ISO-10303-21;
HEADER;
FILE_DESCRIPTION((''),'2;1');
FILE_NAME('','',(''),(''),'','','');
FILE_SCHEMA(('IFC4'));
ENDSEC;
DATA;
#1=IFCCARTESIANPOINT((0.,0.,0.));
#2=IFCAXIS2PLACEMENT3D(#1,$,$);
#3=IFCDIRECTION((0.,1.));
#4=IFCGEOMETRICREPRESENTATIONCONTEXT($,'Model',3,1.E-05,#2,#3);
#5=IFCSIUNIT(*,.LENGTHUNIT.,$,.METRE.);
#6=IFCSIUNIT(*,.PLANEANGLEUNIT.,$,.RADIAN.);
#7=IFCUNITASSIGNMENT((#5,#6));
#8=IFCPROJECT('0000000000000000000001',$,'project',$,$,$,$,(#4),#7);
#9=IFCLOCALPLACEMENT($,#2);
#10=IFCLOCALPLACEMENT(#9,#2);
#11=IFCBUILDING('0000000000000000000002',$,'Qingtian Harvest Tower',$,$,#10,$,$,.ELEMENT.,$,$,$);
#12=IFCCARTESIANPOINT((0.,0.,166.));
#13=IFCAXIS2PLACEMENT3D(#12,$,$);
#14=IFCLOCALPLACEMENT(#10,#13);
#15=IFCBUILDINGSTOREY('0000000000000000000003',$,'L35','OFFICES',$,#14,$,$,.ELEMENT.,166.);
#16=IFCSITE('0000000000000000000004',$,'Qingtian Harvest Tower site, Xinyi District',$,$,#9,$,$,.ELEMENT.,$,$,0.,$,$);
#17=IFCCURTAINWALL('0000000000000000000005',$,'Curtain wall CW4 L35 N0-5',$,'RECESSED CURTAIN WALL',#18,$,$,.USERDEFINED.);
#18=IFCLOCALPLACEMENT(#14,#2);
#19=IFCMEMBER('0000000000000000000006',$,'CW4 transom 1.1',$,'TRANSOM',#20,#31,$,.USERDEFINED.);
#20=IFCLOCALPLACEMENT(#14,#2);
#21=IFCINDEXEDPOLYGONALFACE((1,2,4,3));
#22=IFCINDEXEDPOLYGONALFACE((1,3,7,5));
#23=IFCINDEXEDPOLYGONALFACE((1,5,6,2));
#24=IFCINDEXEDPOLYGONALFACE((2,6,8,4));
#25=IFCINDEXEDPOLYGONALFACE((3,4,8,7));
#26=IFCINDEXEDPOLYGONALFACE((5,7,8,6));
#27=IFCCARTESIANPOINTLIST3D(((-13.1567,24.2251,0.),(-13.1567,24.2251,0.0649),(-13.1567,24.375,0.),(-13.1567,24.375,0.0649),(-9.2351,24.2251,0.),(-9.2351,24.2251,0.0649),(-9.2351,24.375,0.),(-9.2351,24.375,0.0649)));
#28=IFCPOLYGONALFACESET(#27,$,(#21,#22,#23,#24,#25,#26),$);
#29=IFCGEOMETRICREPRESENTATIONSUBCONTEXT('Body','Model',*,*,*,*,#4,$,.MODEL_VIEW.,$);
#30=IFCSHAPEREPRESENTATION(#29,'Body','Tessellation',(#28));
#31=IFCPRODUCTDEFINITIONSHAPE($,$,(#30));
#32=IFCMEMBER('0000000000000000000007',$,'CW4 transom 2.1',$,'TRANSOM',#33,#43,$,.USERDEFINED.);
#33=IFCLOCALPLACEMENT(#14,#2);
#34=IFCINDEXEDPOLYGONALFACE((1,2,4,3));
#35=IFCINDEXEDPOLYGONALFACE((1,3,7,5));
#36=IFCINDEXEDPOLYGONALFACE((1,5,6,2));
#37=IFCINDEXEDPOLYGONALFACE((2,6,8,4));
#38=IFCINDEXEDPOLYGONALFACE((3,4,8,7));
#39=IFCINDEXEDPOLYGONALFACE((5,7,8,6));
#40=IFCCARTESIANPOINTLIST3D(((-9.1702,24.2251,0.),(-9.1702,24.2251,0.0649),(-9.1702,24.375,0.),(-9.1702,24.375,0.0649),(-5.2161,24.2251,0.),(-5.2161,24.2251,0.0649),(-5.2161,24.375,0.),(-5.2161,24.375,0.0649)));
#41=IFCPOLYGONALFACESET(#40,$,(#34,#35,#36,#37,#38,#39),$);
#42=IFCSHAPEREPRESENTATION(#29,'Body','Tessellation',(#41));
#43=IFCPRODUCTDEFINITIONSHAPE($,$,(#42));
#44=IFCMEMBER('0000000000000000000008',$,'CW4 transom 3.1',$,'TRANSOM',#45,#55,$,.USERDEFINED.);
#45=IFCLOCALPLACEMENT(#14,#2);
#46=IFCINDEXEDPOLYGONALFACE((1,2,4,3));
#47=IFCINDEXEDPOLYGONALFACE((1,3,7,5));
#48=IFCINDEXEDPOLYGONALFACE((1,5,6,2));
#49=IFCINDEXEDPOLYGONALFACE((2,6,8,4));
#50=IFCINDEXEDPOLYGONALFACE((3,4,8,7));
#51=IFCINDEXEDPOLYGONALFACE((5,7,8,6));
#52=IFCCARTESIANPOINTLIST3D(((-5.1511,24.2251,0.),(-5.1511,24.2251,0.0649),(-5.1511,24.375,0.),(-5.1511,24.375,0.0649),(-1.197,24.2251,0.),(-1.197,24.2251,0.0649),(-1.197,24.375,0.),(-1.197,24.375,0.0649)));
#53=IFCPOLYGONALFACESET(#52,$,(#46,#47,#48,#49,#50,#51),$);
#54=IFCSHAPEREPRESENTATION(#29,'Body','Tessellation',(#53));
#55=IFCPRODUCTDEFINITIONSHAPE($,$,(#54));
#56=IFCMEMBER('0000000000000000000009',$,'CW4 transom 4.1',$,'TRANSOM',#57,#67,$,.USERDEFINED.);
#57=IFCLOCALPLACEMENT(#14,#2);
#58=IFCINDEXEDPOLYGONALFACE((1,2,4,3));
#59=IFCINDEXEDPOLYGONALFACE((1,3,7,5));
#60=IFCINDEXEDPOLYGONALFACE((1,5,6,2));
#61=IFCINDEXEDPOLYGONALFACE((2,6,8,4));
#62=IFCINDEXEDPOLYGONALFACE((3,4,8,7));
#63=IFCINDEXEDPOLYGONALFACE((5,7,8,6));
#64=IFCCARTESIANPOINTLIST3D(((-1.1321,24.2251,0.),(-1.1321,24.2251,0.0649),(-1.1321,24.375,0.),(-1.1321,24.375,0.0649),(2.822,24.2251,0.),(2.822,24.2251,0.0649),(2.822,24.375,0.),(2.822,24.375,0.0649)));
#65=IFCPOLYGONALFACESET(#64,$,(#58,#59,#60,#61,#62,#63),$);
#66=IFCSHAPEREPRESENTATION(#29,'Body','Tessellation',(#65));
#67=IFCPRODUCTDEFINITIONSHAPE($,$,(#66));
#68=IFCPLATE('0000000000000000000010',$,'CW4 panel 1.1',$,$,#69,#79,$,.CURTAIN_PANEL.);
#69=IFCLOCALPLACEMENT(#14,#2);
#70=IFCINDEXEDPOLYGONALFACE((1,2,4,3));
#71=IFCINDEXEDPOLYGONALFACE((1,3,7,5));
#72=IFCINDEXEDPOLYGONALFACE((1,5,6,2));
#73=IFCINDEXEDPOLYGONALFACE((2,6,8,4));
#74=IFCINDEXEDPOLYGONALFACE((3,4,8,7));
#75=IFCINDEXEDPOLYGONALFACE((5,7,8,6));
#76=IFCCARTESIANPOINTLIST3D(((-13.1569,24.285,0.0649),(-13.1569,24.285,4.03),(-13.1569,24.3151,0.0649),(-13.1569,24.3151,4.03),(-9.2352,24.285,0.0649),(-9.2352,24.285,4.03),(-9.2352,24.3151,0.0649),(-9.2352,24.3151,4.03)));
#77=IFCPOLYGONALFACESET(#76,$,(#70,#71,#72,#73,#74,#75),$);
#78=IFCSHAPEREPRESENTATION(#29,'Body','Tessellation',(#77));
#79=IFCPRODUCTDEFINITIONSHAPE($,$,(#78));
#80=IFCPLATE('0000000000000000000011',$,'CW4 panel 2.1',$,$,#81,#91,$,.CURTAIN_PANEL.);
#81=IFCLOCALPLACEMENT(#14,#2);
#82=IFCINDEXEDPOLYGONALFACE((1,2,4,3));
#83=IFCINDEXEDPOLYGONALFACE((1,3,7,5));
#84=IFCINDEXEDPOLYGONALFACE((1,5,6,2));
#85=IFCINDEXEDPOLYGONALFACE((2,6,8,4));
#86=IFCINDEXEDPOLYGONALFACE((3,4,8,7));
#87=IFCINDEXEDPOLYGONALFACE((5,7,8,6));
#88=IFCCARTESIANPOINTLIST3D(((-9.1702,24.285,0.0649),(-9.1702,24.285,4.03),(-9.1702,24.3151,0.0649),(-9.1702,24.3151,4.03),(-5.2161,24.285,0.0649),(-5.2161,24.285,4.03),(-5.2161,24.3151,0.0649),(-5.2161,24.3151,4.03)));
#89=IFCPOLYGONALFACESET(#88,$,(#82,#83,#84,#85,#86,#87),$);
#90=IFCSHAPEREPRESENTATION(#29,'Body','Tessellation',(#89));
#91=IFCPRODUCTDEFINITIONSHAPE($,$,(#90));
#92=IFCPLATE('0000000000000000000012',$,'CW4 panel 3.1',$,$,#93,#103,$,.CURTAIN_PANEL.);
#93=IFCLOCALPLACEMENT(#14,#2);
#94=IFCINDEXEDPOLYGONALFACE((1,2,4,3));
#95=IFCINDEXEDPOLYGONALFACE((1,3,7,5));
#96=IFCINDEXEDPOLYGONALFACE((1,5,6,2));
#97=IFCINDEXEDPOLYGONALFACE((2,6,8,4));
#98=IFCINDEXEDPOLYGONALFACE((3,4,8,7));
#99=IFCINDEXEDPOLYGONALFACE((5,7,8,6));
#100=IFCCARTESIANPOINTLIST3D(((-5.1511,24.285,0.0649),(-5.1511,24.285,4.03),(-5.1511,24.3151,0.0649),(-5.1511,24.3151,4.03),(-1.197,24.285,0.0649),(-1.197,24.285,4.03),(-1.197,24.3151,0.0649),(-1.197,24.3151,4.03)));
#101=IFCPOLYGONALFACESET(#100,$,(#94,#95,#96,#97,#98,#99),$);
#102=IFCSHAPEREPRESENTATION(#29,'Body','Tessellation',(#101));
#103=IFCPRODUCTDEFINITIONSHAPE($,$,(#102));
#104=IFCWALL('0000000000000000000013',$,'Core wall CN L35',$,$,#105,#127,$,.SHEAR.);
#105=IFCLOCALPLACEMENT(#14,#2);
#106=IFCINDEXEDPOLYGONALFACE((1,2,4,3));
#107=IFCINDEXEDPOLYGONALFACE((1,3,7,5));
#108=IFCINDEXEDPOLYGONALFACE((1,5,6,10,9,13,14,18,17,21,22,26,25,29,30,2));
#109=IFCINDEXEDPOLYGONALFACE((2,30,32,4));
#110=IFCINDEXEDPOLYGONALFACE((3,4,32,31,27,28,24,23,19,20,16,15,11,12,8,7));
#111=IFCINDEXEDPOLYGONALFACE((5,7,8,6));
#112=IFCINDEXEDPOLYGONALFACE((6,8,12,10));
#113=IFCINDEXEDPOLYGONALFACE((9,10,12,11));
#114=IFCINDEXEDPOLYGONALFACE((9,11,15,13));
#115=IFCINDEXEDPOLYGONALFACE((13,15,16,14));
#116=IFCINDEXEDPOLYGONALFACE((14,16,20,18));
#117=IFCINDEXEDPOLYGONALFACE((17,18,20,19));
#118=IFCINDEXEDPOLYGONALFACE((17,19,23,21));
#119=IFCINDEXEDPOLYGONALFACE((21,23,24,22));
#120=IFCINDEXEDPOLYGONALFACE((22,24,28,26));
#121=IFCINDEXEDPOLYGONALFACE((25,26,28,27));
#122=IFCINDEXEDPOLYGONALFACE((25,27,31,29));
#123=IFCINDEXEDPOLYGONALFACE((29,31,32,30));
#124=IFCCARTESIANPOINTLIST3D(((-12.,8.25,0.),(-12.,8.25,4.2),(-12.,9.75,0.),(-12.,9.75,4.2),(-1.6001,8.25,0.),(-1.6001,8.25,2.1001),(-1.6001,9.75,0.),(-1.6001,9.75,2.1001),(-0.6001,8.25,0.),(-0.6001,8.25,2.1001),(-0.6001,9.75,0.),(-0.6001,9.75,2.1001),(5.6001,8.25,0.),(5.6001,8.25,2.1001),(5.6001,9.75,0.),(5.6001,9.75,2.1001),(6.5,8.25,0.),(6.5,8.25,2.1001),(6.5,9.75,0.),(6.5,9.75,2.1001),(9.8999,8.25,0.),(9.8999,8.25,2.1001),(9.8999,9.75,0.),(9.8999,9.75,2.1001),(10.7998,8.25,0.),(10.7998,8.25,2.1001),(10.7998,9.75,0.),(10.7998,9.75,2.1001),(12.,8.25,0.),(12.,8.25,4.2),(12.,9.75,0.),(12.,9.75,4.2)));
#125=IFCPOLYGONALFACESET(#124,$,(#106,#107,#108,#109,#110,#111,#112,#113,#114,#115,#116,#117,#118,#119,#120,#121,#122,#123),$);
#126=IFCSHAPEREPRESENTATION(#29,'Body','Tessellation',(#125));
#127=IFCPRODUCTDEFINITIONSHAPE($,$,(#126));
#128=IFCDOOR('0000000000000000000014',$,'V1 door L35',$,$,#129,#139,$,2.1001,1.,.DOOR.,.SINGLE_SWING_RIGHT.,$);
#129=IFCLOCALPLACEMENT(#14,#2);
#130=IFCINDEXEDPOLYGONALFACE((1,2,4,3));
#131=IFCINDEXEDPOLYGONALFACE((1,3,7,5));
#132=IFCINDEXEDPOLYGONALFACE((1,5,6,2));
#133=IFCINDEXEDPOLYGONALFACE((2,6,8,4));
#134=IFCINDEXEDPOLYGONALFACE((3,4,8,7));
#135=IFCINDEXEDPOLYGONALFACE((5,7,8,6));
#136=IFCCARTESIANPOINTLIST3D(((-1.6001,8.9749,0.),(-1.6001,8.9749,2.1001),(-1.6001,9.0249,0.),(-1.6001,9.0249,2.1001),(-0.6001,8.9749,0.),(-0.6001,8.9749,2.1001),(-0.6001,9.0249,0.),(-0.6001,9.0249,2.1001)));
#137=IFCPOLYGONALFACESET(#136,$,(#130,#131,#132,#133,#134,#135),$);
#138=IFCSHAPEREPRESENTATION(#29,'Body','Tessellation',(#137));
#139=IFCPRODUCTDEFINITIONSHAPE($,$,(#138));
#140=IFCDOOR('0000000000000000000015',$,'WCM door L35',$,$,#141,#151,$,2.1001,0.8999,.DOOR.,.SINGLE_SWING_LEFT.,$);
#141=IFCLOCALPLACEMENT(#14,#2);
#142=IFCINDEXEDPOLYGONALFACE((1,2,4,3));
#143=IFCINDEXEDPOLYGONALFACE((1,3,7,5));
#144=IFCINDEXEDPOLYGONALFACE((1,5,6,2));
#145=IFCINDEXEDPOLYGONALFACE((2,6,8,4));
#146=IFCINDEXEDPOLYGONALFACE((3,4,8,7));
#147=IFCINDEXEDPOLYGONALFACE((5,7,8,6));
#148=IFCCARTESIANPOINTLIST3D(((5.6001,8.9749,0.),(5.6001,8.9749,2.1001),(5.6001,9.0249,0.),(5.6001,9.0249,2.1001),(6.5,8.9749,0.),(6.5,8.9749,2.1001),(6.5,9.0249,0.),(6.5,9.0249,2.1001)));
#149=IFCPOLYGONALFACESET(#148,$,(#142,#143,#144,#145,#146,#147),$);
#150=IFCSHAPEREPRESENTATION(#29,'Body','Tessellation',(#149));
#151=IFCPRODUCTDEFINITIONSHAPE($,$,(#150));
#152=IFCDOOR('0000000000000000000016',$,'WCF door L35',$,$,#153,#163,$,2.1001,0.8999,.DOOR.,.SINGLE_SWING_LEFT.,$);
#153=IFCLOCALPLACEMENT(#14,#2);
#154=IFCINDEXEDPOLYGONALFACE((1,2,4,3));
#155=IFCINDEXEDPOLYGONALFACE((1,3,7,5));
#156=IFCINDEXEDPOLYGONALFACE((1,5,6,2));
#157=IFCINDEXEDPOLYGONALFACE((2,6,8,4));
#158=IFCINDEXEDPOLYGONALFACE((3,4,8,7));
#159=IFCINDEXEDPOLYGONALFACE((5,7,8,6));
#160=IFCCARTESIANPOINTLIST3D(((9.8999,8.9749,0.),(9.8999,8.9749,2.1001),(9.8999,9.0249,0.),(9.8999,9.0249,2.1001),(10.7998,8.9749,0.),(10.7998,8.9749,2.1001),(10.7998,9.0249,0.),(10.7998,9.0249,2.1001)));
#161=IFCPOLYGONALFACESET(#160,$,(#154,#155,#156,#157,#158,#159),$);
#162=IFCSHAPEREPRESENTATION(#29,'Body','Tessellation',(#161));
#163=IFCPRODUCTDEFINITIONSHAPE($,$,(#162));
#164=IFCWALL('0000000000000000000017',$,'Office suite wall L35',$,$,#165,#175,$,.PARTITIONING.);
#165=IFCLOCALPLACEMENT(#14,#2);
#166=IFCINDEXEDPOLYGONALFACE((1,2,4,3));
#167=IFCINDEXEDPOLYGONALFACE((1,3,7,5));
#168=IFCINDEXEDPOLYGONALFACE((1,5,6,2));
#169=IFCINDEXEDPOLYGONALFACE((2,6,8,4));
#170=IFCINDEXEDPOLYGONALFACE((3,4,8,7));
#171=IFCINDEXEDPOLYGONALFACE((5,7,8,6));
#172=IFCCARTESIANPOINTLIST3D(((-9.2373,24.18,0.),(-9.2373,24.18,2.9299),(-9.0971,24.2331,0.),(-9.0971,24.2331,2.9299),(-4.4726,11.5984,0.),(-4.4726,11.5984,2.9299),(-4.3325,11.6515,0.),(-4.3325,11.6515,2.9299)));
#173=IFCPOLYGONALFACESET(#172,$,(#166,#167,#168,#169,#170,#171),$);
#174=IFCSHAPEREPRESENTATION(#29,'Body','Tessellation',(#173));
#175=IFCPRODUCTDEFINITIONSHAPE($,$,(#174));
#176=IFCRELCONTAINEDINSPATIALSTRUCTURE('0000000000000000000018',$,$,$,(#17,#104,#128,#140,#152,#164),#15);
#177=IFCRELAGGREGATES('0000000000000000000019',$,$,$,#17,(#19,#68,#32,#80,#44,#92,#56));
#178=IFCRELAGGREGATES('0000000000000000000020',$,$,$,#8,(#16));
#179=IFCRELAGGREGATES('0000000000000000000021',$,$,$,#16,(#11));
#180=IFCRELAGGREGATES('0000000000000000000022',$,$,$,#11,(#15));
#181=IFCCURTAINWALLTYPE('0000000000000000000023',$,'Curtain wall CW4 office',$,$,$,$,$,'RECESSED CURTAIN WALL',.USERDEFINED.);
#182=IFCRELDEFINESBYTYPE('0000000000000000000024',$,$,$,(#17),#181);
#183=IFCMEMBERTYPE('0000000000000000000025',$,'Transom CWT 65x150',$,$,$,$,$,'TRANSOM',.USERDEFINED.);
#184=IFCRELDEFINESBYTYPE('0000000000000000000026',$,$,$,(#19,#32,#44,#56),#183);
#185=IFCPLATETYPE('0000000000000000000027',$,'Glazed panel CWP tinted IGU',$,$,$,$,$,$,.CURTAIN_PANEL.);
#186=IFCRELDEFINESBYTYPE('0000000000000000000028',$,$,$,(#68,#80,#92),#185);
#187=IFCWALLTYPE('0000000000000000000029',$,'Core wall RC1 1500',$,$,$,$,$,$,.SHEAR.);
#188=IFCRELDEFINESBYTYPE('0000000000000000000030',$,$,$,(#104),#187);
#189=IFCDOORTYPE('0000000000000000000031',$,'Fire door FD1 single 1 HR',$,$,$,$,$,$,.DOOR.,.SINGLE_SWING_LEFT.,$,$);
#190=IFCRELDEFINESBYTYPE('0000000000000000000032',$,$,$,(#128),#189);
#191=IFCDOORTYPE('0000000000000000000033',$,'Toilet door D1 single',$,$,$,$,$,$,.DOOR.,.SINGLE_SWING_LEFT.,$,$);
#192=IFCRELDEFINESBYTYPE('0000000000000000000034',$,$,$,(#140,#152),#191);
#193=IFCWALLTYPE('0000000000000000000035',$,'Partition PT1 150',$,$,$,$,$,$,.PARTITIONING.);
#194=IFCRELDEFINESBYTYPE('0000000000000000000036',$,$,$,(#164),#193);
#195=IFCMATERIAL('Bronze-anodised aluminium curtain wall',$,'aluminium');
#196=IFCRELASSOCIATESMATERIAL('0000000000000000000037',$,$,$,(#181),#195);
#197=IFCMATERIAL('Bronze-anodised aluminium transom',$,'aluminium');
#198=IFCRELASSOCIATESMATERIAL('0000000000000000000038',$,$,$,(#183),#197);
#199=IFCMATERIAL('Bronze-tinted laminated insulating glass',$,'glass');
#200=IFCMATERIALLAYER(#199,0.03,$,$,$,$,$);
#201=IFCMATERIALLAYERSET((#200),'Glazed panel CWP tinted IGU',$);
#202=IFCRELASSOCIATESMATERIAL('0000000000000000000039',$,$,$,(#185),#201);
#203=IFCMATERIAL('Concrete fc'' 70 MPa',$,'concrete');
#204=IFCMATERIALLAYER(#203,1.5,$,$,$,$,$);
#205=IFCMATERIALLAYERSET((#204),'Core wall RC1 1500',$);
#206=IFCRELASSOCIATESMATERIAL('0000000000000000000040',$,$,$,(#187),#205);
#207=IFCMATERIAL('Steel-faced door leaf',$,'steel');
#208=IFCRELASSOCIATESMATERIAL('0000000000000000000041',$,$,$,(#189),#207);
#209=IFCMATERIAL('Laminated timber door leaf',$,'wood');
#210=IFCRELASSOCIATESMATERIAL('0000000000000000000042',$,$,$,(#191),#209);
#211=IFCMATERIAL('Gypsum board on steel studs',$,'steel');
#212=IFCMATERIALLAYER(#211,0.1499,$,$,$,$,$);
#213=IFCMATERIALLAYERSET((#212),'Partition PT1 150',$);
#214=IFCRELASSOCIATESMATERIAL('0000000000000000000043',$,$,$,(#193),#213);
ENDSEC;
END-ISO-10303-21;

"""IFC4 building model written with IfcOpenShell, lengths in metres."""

from ifc_helpers import new_model, si_unit, direction, frame, frame_2d, origin, origin_2d, place, context, subcontext, project, spatial, rectangle, extrude, material, layer, layer_set, material_profile, profile_set, type_object, element, fill, aggregate, save


model = new_model("IFC4")

# Units and contexts
model_context = context("Model", 3, precision=1e-05, world=origin(), true_north=direction((0.0, 1.0)))
body_context = subcontext(model_context, "Body", "Model", "MODEL_VIEW")
ifc_project = project(units=[si_unit("LENGTHUNIT", "METRE"), si_unit("PLANEANGLEUNIT", "RADIAN")], contexts=[model_context])

# Site, building, storey
site_placement = place(None, origin())
site = spatial("IfcSite", under=ifc_project, at=site_placement, Name="Qingtian Harvest Tower site, Xinyi District", CompositionType="ELEMENT", RefElevation=0.0)
building_placement = place(site_placement, origin())
building = spatial("IfcBuilding", under=site, at=building_placement, Name="Qingtian Harvest Tower", CompositionType="ELEMENT")
storey_placement = place(building_placement, frame((0.0, 0.0, 166.0)))
storey = spatial("IfcBuildingStorey", under=building, at=storey_placement, Name="L35", Description="OFFICES", CompositionType="ELEMENT", Elevation=166.0)

# Curtain wall
ifc_material_1 = material(Name="Bronze-anodised aluminium curtain wall", Category="aluminium")
curtain_wall_type = type_object("IfcCurtainWallType", Name="Curtain wall CW4 office", ElementType="RECESSED CURTAIN WALL", PredefinedType="USERDEFINED", material=ifc_material_1)
curtain_wall_1_placement = place(storey_placement, origin())
curtain_wall_1 = element("IfcCurtainWall", 1, at=curtain_wall_1_placement, inside=storey, type_object=curtain_wall_type, Name="Curtain wall CW4 L35 N0-5", ObjectType="RECESSED CURTAIN WALL", PredefinedType="USERDEFINED")

# Members
ifc_material_2 = material(Name="Bronze-anodised aluminium transom", Category="aluminium")
ifc_material_profile_1 = material_profile(ifc_material_2, rectangle(XDim=0.1499, YDim=0.0649, at=origin_2d()), Name="AL 65x150")
ifc_profile_set_1 = profile_set([ifc_material_profile_1], Name="Bronze-anodised aluminium transom")
member_type_1 = type_object("IfcMemberType", Name="Transom CWT 65x150", ElementType="TRANSOM", PredefinedType="USERDEFINED", material=ifc_profile_set_1)
member_1_placement = place(storey_placement, frame((-13.1567, 24.3, 0.0325), z_axis=(1.0, 0.0, 0.0), x_axis=(0.0, 1.0, 0.0)))
member_1 = element("IfcMember", 2, at=member_1_placement, type_object=member_type_1, Name="CW4 transom 1.1", ObjectType="TRANSOM", PredefinedType="USERDEFINED", context=body_context, shape_type="SweptSolid", body=[
    extrude(rectangle(XDim=0.1499, YDim=0.0649, at=origin_2d()), origin(), (0.0, 0.0, 1.0), 3.9216),
])
member_2_placement = place(storey_placement, frame((-9.1702, 24.3, 0.0325), z_axis=(1.0, 0.0, 0.0), x_axis=(0.0, 1.0, 0.0)))
member_2 = element("IfcMember", 3, at=member_2_placement, type_object=member_type_1, Name="CW4 transom 2.1", ObjectType="TRANSOM", PredefinedType="USERDEFINED", context=body_context, shape_type="SweptSolid", body=[
    extrude(rectangle(XDim=0.1499, YDim=0.0649, at=origin_2d()), origin(), (0.0, 0.0, 1.0), 3.9541),
])
member_3_placement = place(storey_placement, frame((-5.1511, 24.3, 0.0325), z_axis=(1.0, 0.0, 0.0), x_axis=(0.0, 1.0, 0.0)))
member_3 = element("IfcMember", 4, at=member_3_placement, type_object=member_type_1, Name="CW4 transom 3.1", ObjectType="TRANSOM", PredefinedType="USERDEFINED", context=body_context, shape_type="SweptSolid", body=[
    extrude(rectangle(XDim=0.1499, YDim=0.0649, at=origin_2d()), origin(), (0.0, 0.0, 1.0), 3.9541),
])
member_4_placement = place(storey_placement, frame((-1.1321, 24.3, 0.0325), z_axis=(1.0, 0.0, 0.0), x_axis=(0.0, 1.0, 0.0)))
member_4 = element("IfcMember", 5, at=member_4_placement, type_object=member_type_1, Name="CW4 transom 4.1", ObjectType="TRANSOM", PredefinedType="USERDEFINED", context=body_context, shape_type="SweptSolid", body=[
    extrude(rectangle(XDim=0.1499, YDim=0.0649, at=origin_2d()), origin(), (0.0, 0.0, 1.0), 3.9541),
])

# Plates
ifc_material_3 = material(Name="Bronze-tinted laminated insulating glass", Category="glass")
ifc_layer_1 = layer(ifc_material_3, 0.03)
ifc_layer_set_1 = layer_set([ifc_layer_1], Name="Glazed panel CWP tinted IGU")
plate_type = type_object("IfcPlateType", Name="Glazed panel CWP tinted IGU", PredefinedType="CURTAIN_PANEL", material=ifc_layer_set_1)
plate_1_placement = place(storey_placement, frame((-11.196, 24.3, 0.0649), z_axis=(0.0, 0.0, 1.0), x_axis=(1.0, 0.0, 0.0)))
plate_1 = element("IfcPlate", 6, at=plate_1_placement, type_object=plate_type, Name="CW4 panel 1.1", PredefinedType="CURTAIN_PANEL", context=body_context, shape_type="SweptSolid", body=[
    extrude(rectangle(XDim=3.9216, YDim=0.03, at=origin_2d()), origin(), (0.0, 0.0, 1.0), 3.9651),
])
plate_2_placement = place(storey_placement, frame((-7.1931, 24.3, 0.0649), z_axis=(0.0, 0.0, 1.0), x_axis=(1.0, 0.0, 0.0)))
plate_2 = element("IfcPlate", 7, at=plate_2_placement, type_object=plate_type, Name="CW4 panel 2.1", PredefinedType="CURTAIN_PANEL", context=body_context, shape_type="SweptSolid", body=[
    extrude(rectangle(XDim=3.9541, YDim=0.03, at=origin_2d()), origin(), (0.0, 0.0, 1.0), 3.9651),
])
plate_3_placement = place(storey_placement, frame((-3.1741, 24.3, 0.0649), z_axis=(0.0, 0.0, 1.0), x_axis=(1.0, 0.0, 0.0)))
plate_3 = element("IfcPlate", 8, at=plate_3_placement, type_object=plate_type, Name="CW4 panel 3.1", PredefinedType="CURTAIN_PANEL", context=body_context, shape_type="SweptSolid", body=[
    extrude(rectangle(XDim=3.9541, YDim=0.03, at=origin_2d()), origin(), (0.0, 0.0, 1.0), 3.9651),
])
aggregate(curtain_wall_1, [member_1, plate_1, member_2, plate_2, member_3, plate_3, member_4])

# Wall, openings, doors
ifc_material_4 = material(Name="Concrete fc' 70 MPa", Category="concrete")
ifc_layer_2 = layer(ifc_material_4, 1.5)
ifc_layer_set_2 = layer_set([ifc_layer_2], Name="Core wall RC1 1500")
wall_type_1 = type_object("IfcWallType", Name="Core wall RC1 1500", PredefinedType="SHEAR", material=ifc_layer_set_2)
wall_1_placement = place(storey_placement, frame((-12.0, 9.0, 0.0), z_axis=(0.0, 0.0, 1.0), x_axis=(1.0, 0.0, 0.0)))
wall_1 = element("IfcWall", 9, at=wall_1_placement, inside=storey, type_object=wall_type_1, Name="Core wall CN L35", PredefinedType="SHEAR", context=body_context, shape_type="SweptSolid", body=[
    extrude(rectangle(XDim=24.0, YDim=1.5, at=frame_2d((12.0, 0.0))), origin(), (0.0, 0.0, 1.0), 4.2),
])
opening_1_placement = place(wall_1_placement, frame((10.3999, 0.0, 0.0)))
opening_1 = element("IfcOpeningElement", 10, at=opening_1_placement, cuts=wall_1, PredefinedType="OPENING", context=body_context, shape_type="SweptSolid", body=[
    extrude(rectangle(XDim=1.0, YDim=2.1001, at=frame_2d((0.5, 1.05))), frame((0.0, 0.76, 0.0), z_axis=(0.0, -1.0, 0.0), x_axis=(1.0, 0.0, 0.0)), (0.0, 0.0, 1.0), 1.52),
])
opening_2_placement = place(wall_1_placement, frame((17.6001, 0.0, 0.0)))
opening_2 = element("IfcOpeningElement", 11, at=opening_2_placement, cuts=wall_1, PredefinedType="OPENING", context=body_context, shape_type="SweptSolid", body=[
    extrude(rectangle(XDim=0.8999, YDim=2.1001, at=frame_2d((0.45, 1.05))), frame((0.0, 0.76, 0.0), z_axis=(0.0, -1.0, 0.0), x_axis=(1.0, 0.0, 0.0)), (0.0, 0.0, 1.0), 1.52),
])
opening_3_placement = place(wall_1_placement, frame((21.8999, 0.0, 0.0)))
opening_3 = element("IfcOpeningElement", 12, at=opening_3_placement, cuts=wall_1, PredefinedType="OPENING", context=body_context, shape_type="SweptSolid", body=[
    extrude(rectangle(XDim=0.8999, YDim=2.1001, at=frame_2d((0.45, 1.05))), frame((0.0, 0.76, 0.0), z_axis=(0.0, -1.0, 0.0), x_axis=(1.0, 0.0, 0.0)), (0.0, 0.0, 1.0), 1.52),
])
ifc_material_5 = material(Name="Steel-faced door leaf", Category="steel")
door_type_1 = type_object("IfcDoorType", Name="Fire door FD1 single 1 HR", OperationType="SINGLE_SWING_LEFT", PredefinedType="DOOR", material=ifc_material_5)
door_1_placement = place(opening_1_placement, origin())
door_1 = element("IfcDoor", 13, at=door_1_placement, inside=storey, type_object=door_type_1, Name="V1 door L35", OperationType="SINGLE_SWING_RIGHT", OverallHeight=2.1001, OverallWidth=1.0, PredefinedType="DOOR", context=body_context, shape_type="SweptSolid", body=[
    extrude(rectangle(XDim=1.0, YDim=2.1001, at=frame_2d((0.5, 1.05))), frame((0.0, 0.0249, 0.0), z_axis=(0.0, -1.0, 0.0), x_axis=(1.0, 0.0, 0.0)), (0.0, 0.0, 1.0), 0.05),
])
fill(opening_1, door_1)
ifc_material_6 = material(Name="Laminated timber door leaf", Category="wood")
door_type_2 = type_object("IfcDoorType", Name="Toilet door D1 single", OperationType="SINGLE_SWING_LEFT", PredefinedType="DOOR", material=ifc_material_6)
door_2_placement = place(opening_2_placement, origin())
door_2 = element("IfcDoor", 14, at=door_2_placement, inside=storey, type_object=door_type_2, Name="WCM door L35", OperationType="SINGLE_SWING_LEFT", OverallHeight=2.1001, OverallWidth=0.8999, PredefinedType="DOOR", context=body_context, shape_type="SweptSolid", body=[
    extrude(rectangle(XDim=0.8999, YDim=2.1001, at=frame_2d((0.45, 1.05))), frame((0.0, 0.0249, 0.0), z_axis=(0.0, -1.0, 0.0), x_axis=(1.0, 0.0, 0.0)), (0.0, 0.0, 1.0), 0.05),
])
fill(opening_2, door_2)
door_3_placement = place(opening_3_placement, origin())
door_3 = element("IfcDoor", 15, at=door_3_placement, inside=storey, type_object=door_type_2, Name="WCF door L35", OperationType="SINGLE_SWING_LEFT", OverallHeight=2.1001, OverallWidth=0.8999, PredefinedType="DOOR", context=body_context, shape_type="SweptSolid", body=[
    extrude(rectangle(XDim=0.8999, YDim=2.1001, at=frame_2d((0.45, 1.05))), frame((0.0, 0.0249, 0.0), z_axis=(0.0, -1.0, 0.0), x_axis=(1.0, 0.0, 0.0)), (0.0, 0.0, 1.0), 0.05),
])
fill(opening_3, door_3)

# Wall
ifc_material_7 = material(Name="Gypsum board on steel studs", Category="steel")
ifc_layer_3 = layer(ifc_material_7, 0.1499)
ifc_layer_set_3 = layer_set([ifc_layer_3], Name="Partition PT1 150")
wall_type_2 = type_object("IfcWallType", Name="Partition PT1 150", PredefinedType="PARTITIONING", material=ifc_layer_set_3)
wall_2_placement = place(storey_placement, frame((-9.1672, 24.2065, 0.0), z_axis=(0.0, 0.0, 1.0), x_axis=(0.354156, -0.935186, 0.0)))
element("IfcWall", 16, at=wall_2_placement, inside=storey, type_object=wall_type_2, Name="Office suite wall L35", PredefinedType="PARTITIONING", context=body_context, shape_type="SweptSolid", body=[
    extrude(rectangle(XDim=13.4536, YDim=0.1499, at=frame_2d((6.7268, 0.0))), origin(), (0.0, 0.0, 1.0), 2.9299),
])

save(model, "model.ifc")
